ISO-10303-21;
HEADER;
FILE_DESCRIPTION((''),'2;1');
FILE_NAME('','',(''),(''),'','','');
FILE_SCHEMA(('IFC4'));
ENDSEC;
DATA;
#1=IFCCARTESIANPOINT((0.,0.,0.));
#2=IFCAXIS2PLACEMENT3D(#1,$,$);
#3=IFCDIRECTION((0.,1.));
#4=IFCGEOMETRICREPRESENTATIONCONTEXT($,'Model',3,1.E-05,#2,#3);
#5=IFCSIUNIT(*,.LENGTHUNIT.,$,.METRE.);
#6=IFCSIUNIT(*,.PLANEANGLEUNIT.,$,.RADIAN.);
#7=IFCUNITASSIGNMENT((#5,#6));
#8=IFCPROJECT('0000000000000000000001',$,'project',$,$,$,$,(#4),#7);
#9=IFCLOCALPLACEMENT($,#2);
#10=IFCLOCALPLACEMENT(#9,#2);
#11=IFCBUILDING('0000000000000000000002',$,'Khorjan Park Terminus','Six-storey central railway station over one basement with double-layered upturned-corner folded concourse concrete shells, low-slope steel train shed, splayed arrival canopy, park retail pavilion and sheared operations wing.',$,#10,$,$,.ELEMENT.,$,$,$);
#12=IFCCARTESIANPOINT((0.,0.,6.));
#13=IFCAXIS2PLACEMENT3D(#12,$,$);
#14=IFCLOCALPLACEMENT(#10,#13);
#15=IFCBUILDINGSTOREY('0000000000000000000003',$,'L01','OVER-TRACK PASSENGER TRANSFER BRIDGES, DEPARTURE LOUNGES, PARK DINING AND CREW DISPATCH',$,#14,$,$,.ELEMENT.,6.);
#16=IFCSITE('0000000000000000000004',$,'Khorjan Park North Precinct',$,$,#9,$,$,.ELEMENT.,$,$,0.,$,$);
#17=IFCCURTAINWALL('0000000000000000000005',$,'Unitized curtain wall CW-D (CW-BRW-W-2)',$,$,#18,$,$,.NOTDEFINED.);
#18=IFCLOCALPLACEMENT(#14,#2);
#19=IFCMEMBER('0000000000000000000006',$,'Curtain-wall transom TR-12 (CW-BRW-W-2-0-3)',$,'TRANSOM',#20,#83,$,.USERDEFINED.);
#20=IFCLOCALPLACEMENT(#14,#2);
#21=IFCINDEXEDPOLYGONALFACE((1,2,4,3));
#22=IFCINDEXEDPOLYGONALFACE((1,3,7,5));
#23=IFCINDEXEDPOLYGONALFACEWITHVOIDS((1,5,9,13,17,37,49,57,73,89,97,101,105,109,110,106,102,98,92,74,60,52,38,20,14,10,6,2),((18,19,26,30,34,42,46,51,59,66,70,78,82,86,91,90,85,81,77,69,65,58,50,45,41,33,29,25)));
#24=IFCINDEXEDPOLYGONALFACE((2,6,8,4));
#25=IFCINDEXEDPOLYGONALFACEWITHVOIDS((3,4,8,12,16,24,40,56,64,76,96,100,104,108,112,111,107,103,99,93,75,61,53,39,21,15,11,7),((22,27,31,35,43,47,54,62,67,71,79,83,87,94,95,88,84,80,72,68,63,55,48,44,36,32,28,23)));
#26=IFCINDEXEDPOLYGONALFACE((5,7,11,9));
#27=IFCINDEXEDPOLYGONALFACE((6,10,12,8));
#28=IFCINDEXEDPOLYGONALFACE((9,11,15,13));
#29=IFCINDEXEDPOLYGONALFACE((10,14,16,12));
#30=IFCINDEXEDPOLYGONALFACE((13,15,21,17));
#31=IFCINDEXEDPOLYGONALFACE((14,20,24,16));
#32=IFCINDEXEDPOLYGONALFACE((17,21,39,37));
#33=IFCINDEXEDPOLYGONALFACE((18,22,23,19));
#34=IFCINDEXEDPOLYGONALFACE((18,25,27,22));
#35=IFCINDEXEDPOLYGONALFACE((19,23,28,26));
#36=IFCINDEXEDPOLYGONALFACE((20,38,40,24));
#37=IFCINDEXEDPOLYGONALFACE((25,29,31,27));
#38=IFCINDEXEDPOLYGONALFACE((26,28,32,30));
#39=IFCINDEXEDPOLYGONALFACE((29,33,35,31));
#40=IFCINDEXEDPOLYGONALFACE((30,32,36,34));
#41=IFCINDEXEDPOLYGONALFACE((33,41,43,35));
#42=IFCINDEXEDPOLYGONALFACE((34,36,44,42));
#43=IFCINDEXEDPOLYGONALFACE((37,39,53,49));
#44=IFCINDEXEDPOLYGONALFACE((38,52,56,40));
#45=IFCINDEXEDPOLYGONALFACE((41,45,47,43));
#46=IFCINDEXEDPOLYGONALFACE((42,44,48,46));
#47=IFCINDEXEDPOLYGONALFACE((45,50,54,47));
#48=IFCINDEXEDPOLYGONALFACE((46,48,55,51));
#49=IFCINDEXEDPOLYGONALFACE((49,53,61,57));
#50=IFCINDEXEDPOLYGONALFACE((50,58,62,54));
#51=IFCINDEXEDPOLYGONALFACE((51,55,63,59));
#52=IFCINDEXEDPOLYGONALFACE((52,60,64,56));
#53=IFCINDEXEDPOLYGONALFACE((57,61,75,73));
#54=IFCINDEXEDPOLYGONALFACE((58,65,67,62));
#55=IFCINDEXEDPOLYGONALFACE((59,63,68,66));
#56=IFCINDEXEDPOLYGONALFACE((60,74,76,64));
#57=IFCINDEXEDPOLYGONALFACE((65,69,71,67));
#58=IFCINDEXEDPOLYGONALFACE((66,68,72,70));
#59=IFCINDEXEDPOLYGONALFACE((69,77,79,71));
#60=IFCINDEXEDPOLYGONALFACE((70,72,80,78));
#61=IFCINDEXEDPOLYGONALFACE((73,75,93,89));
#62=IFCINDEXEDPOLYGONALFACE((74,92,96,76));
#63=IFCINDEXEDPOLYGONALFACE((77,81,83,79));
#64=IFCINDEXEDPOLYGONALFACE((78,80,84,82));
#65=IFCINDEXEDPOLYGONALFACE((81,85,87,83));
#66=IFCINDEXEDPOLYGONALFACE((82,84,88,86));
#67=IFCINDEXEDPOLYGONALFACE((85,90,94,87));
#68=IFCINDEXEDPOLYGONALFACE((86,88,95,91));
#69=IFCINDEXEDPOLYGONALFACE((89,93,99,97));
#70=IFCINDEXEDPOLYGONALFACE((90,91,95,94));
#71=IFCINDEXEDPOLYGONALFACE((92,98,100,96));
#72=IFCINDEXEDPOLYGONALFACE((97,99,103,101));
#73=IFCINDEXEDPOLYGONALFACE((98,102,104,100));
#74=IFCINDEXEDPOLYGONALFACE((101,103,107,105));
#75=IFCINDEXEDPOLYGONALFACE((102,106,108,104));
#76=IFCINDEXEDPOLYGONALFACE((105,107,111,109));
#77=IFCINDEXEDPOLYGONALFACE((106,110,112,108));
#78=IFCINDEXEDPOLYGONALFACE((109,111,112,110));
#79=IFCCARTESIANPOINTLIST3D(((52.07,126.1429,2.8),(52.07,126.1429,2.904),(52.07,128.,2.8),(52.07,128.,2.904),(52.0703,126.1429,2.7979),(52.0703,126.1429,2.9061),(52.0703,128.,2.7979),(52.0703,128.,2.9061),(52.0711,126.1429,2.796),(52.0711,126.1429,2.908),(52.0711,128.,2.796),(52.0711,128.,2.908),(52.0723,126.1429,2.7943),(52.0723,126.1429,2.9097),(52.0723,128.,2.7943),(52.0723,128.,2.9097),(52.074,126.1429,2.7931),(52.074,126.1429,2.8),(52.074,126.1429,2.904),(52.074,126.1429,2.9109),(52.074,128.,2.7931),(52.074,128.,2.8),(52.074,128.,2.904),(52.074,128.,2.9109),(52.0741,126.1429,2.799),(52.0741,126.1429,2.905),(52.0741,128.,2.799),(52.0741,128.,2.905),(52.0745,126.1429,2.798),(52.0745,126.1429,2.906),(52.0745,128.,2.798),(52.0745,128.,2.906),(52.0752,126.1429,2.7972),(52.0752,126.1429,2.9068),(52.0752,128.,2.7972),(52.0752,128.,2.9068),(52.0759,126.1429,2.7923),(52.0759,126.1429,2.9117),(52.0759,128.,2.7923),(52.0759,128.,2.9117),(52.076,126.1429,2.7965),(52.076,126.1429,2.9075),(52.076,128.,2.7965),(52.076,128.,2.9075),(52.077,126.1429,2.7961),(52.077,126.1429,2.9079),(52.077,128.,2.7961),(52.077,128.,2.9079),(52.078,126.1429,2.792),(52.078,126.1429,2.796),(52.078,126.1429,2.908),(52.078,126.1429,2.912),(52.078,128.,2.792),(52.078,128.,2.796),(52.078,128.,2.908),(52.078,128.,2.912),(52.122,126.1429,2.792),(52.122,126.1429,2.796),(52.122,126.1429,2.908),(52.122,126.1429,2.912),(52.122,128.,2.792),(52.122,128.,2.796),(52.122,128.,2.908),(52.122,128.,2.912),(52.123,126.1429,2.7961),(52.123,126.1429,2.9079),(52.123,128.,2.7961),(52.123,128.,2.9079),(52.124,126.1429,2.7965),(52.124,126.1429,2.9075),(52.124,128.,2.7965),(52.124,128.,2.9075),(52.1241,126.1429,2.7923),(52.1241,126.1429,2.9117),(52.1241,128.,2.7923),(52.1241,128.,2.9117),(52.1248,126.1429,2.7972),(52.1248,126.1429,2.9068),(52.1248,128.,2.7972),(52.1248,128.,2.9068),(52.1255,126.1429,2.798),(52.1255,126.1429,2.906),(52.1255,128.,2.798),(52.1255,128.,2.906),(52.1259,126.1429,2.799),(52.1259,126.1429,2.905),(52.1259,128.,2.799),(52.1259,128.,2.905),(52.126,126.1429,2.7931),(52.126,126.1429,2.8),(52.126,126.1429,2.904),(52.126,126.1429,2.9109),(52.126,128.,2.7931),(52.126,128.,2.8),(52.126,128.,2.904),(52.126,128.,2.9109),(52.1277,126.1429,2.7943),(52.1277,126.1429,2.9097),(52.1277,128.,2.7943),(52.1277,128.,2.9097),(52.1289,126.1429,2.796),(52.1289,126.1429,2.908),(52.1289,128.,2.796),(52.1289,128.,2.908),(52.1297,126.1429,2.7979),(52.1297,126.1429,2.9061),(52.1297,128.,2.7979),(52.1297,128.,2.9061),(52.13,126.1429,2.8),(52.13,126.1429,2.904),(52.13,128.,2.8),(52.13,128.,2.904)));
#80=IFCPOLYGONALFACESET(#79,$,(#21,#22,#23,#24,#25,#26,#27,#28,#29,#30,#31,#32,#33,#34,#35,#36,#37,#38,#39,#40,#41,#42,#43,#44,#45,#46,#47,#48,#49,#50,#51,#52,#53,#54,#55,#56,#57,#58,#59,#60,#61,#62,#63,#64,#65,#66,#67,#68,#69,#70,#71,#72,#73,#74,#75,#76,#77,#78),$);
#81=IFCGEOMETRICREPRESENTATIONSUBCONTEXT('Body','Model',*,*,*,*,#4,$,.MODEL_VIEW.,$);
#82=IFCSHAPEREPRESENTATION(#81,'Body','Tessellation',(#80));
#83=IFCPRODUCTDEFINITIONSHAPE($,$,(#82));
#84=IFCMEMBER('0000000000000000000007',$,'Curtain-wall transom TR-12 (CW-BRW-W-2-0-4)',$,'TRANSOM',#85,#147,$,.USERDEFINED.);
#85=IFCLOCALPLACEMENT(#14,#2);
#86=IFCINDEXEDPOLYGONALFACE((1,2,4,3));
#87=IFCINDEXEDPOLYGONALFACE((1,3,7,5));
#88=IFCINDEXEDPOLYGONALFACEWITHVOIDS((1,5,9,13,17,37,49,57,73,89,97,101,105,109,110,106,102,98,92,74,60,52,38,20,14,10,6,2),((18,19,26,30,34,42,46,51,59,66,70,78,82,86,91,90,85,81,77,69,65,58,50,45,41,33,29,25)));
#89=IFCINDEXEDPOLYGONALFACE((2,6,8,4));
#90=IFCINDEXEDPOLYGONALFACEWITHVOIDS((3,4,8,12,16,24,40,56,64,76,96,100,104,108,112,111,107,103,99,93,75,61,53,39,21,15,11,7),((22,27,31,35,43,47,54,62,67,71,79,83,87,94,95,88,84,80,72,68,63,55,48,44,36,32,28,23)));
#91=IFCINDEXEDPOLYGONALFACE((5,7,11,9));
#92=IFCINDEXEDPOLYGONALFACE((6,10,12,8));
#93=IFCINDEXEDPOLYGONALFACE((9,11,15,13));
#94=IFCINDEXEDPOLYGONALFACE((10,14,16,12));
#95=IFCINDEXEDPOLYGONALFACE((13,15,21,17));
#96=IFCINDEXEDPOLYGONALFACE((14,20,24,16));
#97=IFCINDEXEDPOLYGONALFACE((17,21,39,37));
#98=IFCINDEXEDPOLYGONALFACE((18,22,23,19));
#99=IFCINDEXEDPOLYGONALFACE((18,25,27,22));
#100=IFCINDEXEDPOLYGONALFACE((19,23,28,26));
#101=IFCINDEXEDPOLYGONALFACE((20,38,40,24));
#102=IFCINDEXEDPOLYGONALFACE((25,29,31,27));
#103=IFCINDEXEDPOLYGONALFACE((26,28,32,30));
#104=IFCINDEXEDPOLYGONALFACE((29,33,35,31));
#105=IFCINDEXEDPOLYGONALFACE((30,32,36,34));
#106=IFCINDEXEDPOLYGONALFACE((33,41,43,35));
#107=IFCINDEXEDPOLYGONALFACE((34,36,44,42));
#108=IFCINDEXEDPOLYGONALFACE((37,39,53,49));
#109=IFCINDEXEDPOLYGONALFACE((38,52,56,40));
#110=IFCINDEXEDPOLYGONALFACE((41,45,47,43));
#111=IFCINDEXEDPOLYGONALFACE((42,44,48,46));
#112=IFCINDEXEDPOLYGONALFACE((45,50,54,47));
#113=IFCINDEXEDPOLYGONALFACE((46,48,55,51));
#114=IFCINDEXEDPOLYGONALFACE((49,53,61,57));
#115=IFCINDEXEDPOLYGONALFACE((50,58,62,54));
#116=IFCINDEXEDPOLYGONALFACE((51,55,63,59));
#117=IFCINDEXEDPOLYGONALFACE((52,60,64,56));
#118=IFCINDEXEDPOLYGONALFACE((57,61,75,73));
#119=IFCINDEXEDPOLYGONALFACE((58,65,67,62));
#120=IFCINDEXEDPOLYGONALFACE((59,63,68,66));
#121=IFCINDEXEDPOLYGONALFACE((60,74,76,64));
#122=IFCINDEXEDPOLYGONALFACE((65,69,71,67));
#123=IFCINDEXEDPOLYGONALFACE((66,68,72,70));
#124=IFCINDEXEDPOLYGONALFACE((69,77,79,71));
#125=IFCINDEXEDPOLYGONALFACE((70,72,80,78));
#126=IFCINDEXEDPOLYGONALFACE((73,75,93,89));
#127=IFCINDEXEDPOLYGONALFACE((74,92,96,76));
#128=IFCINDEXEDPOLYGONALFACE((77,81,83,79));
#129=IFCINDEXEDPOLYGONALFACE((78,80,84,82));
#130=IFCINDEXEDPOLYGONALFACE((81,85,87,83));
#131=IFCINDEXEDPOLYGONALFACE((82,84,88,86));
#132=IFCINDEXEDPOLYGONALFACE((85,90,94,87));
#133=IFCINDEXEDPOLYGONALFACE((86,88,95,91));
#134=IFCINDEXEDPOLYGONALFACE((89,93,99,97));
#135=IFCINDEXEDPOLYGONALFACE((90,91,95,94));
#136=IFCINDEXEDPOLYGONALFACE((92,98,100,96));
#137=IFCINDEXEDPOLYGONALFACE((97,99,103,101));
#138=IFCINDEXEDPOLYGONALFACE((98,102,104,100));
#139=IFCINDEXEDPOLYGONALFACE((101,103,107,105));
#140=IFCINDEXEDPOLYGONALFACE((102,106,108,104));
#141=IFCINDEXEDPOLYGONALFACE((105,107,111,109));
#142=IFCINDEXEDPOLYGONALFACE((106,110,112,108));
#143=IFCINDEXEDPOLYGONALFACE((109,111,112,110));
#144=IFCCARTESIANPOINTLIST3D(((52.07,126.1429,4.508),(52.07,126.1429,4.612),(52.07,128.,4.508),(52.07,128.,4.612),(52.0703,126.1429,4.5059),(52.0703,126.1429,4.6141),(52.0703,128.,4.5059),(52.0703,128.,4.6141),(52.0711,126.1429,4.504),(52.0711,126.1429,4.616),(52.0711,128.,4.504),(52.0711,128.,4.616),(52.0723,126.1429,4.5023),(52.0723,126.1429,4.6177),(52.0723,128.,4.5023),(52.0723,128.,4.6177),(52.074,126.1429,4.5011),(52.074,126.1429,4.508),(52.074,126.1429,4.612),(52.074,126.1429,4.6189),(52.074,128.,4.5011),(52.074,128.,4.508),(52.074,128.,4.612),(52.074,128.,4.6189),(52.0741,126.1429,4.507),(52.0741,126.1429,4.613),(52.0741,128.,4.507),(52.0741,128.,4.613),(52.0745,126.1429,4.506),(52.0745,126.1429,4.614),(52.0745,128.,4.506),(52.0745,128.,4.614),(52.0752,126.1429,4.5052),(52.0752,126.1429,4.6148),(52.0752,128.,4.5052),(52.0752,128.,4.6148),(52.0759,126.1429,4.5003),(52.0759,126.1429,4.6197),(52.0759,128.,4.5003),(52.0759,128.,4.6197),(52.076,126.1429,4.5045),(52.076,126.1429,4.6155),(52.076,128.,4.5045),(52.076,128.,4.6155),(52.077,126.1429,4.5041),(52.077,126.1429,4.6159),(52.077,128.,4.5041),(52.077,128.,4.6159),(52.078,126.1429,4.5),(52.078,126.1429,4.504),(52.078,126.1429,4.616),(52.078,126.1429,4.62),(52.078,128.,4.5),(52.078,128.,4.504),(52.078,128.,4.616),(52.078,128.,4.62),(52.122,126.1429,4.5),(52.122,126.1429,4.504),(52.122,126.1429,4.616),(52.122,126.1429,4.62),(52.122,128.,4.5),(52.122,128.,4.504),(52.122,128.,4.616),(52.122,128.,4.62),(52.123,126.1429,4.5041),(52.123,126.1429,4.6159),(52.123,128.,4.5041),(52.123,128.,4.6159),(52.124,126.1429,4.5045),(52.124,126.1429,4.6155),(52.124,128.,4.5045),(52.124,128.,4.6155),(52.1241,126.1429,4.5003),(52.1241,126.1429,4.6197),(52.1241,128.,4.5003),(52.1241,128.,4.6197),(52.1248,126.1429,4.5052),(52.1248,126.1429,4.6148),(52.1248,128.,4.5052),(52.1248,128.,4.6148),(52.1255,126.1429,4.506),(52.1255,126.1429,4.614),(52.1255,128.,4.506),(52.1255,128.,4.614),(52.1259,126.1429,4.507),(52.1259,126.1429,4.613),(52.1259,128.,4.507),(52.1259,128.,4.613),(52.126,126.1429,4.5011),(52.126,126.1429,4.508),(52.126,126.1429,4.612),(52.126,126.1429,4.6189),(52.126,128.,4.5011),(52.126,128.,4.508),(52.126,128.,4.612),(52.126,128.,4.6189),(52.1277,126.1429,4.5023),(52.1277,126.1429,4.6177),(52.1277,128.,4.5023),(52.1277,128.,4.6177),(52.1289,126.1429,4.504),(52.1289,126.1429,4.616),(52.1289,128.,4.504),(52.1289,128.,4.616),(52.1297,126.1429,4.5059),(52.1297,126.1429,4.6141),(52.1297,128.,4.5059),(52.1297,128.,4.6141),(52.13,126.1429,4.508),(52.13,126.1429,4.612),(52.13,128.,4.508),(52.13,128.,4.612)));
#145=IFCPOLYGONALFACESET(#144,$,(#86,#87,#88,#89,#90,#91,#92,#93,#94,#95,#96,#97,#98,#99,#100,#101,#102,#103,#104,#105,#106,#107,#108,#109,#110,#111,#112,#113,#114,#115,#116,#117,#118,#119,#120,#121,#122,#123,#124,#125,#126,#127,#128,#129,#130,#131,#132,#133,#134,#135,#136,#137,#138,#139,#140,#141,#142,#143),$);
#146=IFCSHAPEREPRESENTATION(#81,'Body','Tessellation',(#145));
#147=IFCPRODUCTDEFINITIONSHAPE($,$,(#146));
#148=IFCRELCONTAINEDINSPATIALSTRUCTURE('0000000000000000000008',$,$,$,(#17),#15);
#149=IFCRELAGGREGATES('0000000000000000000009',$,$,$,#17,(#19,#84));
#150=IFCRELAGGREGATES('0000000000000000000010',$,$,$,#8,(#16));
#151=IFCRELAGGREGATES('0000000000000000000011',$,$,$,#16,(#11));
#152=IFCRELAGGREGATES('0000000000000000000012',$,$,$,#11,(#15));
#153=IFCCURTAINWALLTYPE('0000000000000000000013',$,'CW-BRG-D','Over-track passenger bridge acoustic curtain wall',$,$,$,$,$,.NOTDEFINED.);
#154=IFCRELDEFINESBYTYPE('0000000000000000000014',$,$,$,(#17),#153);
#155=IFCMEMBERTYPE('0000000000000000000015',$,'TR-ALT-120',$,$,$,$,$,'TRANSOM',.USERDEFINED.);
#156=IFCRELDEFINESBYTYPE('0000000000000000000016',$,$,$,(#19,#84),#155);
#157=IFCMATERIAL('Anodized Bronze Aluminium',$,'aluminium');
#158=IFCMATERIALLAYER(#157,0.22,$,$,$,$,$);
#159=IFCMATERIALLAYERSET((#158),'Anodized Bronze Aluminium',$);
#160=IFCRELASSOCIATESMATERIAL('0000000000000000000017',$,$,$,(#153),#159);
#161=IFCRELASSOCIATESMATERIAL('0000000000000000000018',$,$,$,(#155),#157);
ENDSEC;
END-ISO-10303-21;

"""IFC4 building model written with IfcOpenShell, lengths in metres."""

from ifc_helpers import new_model, si_unit, direction, frame, origin, origin_2d, place, context, subcontext, project, spatial, hollow_rectangle, extrude, material, layer, layer_set, material_profile, profile_set, type_object, element, aggregate, save


model = new_model("IFC4")

# Units and contexts
model_context = context("Model", 3, precision=1e-05, world=origin(), true_north=direction((0.0, 1.0)))
body_context = subcontext(model_context, "Body", "Model", "MODEL_VIEW")
ifc_project = project(units=[si_unit("LENGTHUNIT", "METRE"), si_unit("PLANEANGLEUNIT", "RADIAN")], contexts=[model_context])

# Site, building, storey
site_placement = place(None, origin())
site = spatial("IfcSite", under=ifc_project, at=site_placement, Name="Khorjan Park North Precinct", CompositionType="ELEMENT", RefElevation=0.0)
building_placement = place(site_placement, origin())
building = spatial("IfcBuilding", under=site, at=building_placement, Name="Khorjan Park Terminus", Description="Six-storey central railway station over one basement with double-layered upturned-corner folded concourse concrete shells, low-slope steel train shed, splayed arrival canopy, park retail pavilion and sheared operations wing.", CompositionType="ELEMENT")
storey_placement = place(building_placement, frame((0.0, 0.0, 6.0)))
storey = spatial("IfcBuildingStorey", under=building, at=storey_placement, Name="L01", Description="OVER-TRACK PASSENGER TRANSFER BRIDGES, DEPARTURE LOUNGES, PARK DINING AND CREW DISPATCH", CompositionType="ELEMENT", Elevation=6.0)

# Curtain wall
ifc_material_1 = material(Name="Anodized Bronze Aluminium", Category="aluminium")
ifc_layer_1 = layer(ifc_material_1, 0.22)
ifc_layer_set_1 = layer_set([ifc_layer_1], Name="Anodized Bronze Aluminium")
curtain_wall_type = type_object("IfcCurtainWallType", Name="CW-BRG-D", Description="Over-track passenger bridge acoustic curtain wall", PredefinedType="NOTDEFINED", material=ifc_layer_set_1)
curtain_wall_1_placement = place(storey_placement, origin())
curtain_wall_1 = element("IfcCurtainWall", 1, at=curtain_wall_1_placement, inside=storey, type_object=curtain_wall_type, Name="Unitized curtain wall CW-D (CW-BRW-W-2)", PredefinedType="NOTDEFINED")

# Members
ifc_material_profile_1 = material_profile(ifc_material_1, hollow_rectangle(XDim=0.06, YDim=0.12, WallThickness=0.004, InnerFilletRadius=0.004, OuterFilletRadius=0.008, at=origin_2d()), Name="ALT 60x120x4")
ifc_profile_set_1 = profile_set([ifc_material_profile_1], Name="Anodized Bronze Aluminium")
member_type_1 = type_object("IfcMemberType", Name="TR-ALT-120", ElementType="TRANSOM", PredefinedType="USERDEFINED", material=ifc_profile_set_1)
member_1_placement = place(storey_placement, frame((52.1, 128.0, 2.852), z_axis=(0.0, -1.0, 0.0), x_axis=(1.0, 0.0, 0.0)))
member_1 = element("IfcMember", 2, at=member_1_placement, type_object=member_type_1, Name="Curtain-wall transom TR-12 (CW-BRW-W-2-0-3)", ObjectType="TRANSOM", PredefinedType="USERDEFINED", context=body_context, shape_type="SweptSolid", body=[
    extrude(hollow_rectangle(XDim=0.06, YDim=0.12, WallThickness=0.004, InnerFilletRadius=0.004, OuterFilletRadius=0.008, at=origin_2d()), origin(), (0.0, 0.0, 1.0), 1.8571),
])
member_2_placement = place(storey_placement, frame((52.1, 128.0, 4.56), z_axis=(0.0, -1.0, 0.0), x_axis=(1.0, 0.0, 0.0)))
member_2 = element("IfcMember", 3, at=member_2_placement, type_object=member_type_1, Name="Curtain-wall transom TR-12 (CW-BRW-W-2-0-4)", ObjectType="TRANSOM", PredefinedType="USERDEFINED", context=body_context, shape_type="SweptSolid", body=[
    extrude(hollow_rectangle(XDim=0.06, YDim=0.12, WallThickness=0.004, InnerFilletRadius=0.004, OuterFilletRadius=0.008, at=origin_2d()), origin(), (0.0, 0.0, 1.0), 1.8571),
])

aggregate(curtain_wall_1, [member_1, member_2])

save(model, "model.ifc")
